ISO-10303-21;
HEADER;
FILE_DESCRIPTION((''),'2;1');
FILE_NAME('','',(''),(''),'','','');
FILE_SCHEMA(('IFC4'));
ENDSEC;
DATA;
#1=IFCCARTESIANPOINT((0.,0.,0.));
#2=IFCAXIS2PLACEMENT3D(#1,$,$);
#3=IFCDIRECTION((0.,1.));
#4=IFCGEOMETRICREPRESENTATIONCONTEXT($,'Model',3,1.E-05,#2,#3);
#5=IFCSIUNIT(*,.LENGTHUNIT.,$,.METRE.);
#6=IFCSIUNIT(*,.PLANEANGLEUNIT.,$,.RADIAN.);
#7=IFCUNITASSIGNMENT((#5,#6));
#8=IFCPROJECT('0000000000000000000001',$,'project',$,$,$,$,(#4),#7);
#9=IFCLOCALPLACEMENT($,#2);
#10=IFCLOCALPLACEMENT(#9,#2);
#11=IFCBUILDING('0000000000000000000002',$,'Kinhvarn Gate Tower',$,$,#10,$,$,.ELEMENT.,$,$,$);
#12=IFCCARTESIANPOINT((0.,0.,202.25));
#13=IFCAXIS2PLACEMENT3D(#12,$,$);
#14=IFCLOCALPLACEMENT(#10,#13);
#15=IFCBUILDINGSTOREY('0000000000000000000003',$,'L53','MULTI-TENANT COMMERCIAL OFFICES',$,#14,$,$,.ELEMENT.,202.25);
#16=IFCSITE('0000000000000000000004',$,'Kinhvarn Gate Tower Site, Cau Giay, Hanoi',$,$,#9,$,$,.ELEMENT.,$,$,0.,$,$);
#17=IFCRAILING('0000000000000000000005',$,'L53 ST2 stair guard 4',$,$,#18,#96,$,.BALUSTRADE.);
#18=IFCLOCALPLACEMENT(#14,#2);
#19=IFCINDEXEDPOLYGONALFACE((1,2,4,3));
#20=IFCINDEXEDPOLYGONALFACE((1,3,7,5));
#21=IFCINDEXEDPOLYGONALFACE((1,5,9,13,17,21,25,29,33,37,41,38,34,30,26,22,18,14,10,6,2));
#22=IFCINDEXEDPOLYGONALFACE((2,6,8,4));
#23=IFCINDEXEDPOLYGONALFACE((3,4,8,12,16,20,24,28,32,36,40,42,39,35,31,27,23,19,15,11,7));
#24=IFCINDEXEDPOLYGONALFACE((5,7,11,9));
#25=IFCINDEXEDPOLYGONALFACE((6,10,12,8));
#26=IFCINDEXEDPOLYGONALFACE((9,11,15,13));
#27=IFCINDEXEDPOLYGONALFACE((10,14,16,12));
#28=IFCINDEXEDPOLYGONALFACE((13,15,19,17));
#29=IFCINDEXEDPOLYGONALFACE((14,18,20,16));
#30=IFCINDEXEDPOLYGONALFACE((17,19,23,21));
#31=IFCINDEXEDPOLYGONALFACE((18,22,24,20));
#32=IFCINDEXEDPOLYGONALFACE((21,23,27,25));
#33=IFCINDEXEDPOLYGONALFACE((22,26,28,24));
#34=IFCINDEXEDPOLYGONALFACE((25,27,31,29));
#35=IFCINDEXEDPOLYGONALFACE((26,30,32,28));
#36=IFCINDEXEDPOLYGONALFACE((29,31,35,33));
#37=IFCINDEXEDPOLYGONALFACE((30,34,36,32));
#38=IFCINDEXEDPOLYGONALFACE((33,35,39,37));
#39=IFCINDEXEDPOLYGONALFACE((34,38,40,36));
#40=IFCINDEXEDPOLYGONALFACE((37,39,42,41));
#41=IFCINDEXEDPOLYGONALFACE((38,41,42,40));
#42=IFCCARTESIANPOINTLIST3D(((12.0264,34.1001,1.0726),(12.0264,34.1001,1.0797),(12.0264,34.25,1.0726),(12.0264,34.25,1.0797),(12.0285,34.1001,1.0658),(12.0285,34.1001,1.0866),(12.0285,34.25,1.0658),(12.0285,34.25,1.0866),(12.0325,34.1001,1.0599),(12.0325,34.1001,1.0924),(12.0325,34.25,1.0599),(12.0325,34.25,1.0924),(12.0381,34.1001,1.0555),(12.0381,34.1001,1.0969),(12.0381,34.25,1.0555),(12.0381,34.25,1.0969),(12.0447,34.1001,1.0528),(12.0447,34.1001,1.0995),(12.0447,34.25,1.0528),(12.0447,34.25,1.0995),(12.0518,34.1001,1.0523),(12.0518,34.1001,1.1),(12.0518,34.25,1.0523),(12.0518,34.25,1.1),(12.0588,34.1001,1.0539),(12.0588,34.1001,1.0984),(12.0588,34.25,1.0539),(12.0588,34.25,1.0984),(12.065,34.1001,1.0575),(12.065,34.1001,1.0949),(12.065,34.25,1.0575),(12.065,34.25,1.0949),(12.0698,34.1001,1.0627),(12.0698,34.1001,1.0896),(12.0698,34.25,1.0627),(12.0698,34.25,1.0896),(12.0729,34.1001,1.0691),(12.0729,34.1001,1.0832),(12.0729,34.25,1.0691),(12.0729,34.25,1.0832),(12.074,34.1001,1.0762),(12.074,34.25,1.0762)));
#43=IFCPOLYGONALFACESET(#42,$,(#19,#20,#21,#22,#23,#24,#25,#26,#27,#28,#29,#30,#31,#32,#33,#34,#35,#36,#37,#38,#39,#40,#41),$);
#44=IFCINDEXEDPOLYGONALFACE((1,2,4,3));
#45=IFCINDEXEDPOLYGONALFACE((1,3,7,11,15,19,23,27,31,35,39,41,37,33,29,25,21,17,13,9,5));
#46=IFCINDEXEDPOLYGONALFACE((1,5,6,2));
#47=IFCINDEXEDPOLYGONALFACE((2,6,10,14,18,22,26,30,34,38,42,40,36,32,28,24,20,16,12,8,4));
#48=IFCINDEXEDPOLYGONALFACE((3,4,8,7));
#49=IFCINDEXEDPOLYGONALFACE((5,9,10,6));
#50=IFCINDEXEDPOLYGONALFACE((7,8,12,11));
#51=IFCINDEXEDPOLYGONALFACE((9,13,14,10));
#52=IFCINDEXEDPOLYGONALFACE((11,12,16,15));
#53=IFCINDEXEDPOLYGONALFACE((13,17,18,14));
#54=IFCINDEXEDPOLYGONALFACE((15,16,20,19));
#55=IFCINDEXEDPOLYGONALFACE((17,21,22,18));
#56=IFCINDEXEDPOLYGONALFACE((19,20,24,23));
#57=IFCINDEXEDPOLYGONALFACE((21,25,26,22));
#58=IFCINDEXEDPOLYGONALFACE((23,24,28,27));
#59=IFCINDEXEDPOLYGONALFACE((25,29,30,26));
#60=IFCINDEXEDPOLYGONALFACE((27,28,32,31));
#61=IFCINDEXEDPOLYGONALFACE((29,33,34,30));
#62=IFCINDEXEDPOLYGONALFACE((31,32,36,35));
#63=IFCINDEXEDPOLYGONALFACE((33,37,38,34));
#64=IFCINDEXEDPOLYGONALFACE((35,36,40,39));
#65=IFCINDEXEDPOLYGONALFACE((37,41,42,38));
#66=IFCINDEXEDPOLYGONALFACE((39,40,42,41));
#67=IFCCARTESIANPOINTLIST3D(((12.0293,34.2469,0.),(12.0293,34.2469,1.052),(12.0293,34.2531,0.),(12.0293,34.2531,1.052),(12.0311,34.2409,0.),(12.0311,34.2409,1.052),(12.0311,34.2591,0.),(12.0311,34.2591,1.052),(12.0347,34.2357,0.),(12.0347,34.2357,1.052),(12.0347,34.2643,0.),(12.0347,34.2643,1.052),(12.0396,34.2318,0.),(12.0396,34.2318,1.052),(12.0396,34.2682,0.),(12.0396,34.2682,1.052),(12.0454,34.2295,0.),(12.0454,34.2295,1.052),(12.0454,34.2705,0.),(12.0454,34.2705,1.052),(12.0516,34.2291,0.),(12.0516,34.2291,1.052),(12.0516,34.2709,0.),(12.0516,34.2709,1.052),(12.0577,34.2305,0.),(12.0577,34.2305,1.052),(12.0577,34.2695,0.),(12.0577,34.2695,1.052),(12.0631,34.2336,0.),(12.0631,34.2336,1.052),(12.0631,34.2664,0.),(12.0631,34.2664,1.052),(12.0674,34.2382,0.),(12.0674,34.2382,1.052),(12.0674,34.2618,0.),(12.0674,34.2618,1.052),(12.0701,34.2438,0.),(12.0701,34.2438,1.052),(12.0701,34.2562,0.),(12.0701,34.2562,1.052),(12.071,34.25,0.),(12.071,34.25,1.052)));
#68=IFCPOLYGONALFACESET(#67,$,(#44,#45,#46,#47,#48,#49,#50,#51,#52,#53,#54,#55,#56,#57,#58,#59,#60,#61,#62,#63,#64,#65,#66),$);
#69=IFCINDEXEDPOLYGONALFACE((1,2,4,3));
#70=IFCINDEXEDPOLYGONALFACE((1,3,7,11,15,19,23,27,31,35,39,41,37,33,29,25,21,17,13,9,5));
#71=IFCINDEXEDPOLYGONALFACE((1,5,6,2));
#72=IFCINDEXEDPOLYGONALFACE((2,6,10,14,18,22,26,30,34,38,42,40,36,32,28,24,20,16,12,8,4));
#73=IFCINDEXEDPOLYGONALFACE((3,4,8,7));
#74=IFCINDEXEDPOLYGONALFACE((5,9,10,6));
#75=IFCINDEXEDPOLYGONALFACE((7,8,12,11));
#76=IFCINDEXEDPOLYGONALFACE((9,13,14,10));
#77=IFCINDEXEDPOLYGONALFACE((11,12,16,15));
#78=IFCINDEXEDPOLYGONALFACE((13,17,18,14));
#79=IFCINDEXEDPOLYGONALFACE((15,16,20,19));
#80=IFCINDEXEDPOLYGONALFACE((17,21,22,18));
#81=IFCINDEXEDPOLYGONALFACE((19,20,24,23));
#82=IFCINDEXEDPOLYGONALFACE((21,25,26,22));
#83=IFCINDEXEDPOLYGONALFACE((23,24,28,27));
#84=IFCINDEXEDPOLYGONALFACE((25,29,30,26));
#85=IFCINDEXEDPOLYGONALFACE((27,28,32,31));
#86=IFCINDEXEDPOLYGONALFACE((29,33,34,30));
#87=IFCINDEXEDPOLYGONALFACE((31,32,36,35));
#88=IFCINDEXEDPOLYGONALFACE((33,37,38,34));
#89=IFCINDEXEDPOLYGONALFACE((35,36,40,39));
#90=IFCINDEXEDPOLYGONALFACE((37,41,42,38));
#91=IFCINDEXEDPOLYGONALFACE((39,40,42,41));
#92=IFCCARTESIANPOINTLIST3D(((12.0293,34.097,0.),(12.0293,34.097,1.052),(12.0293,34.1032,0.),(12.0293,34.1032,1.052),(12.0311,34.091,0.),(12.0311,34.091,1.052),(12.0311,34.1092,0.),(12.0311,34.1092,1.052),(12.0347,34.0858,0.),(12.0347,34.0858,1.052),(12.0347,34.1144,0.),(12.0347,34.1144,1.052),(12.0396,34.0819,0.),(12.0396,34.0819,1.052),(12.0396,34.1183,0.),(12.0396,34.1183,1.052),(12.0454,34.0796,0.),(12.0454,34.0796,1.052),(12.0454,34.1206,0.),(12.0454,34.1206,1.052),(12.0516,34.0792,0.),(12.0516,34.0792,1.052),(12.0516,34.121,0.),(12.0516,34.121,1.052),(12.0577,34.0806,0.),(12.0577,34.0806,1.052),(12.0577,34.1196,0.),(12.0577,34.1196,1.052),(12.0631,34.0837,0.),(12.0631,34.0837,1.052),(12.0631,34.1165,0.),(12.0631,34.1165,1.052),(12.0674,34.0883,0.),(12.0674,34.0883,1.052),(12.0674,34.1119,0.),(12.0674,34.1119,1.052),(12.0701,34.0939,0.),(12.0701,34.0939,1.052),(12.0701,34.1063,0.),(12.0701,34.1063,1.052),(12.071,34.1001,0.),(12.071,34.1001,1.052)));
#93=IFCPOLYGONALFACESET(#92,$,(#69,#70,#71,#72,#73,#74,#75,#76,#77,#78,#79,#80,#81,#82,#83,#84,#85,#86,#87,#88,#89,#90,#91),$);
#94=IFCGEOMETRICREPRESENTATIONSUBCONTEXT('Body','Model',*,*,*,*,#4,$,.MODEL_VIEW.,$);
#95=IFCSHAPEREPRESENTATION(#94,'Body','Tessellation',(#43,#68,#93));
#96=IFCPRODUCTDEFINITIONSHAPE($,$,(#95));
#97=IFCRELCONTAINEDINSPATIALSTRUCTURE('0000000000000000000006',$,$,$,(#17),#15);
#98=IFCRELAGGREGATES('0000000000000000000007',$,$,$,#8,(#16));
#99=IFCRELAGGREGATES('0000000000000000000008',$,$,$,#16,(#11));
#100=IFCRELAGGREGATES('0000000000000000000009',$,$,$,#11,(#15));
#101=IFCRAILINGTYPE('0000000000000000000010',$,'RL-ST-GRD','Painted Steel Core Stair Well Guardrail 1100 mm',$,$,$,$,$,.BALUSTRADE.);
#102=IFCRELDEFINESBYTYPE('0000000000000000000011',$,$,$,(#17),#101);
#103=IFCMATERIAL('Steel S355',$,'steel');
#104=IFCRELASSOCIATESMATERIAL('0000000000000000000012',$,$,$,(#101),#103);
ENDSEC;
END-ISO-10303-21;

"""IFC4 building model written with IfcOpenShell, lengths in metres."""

from ifc_helpers import new_model, si_unit, direction, frame, origin, origin_2d, place, context, subcontext, project, spatial, circle, extrude, material, type_object, element, save


model = new_model("IFC4")

# Units and contexts
model_context = context("Model", 3, precision=1e-05, world=origin(), true_north=direction((0.0, 1.0)))
body_context = subcontext(model_context, "Body", "Model", "MODEL_VIEW")
ifc_project = project(units=[si_unit("LENGTHUNIT", "METRE"), si_unit("PLANEANGLEUNIT", "RADIAN")], contexts=[model_context])

# Site, building, storey
site_placement = place(None, origin())
site = spatial("IfcSite", under=ifc_project, at=site_placement, Name="Kinhvarn Gate Tower Site, Cau Giay, Hanoi", CompositionType="ELEMENT", RefElevation=0.0)
building_placement = place(site_placement, origin())
building = spatial("IfcBuilding", under=site, at=building_placement, Name="Kinhvarn Gate Tower", CompositionType="ELEMENT")
storey_placement = place(building_placement, frame((0.0, 0.0, 202.25)))
storey = spatial("IfcBuildingStorey", under=building, at=storey_placement, Name="L53", Description="MULTI-TENANT COMMERCIAL OFFICES", CompositionType="ELEMENT", Elevation=202.25)

# Railing
ifc_material_1 = material(Name="Steel S355", Category="steel")
railing_type_1 = type_object("IfcRailingType", Name="RL-ST-GRD", Description="Painted Steel Core Stair Well Guardrail 1100 mm", PredefinedType="BALUSTRADE", material=ifc_material_1)
railing_1_placement = place(storey_placement, frame((12.05, 34.25, 0.0)))
element("IfcRailing", 1, at=railing_1_placement, inside=storey, type_object=railing_type_1, Name="L53 ST2 stair guard 4", PredefinedType="BALUSTRADE", context=body_context, shape_type="SweptSolid", body=[
    extrude(circle(Radius=0.0239, at=origin_2d()), frame((0.0, 0.0, 1.0762), z_axis=(0.0, -1.0, 0.0), x_axis=(1.0, 0.0, 0.0)), (0.0, 0.0, 1.0), 0.1499),
    extrude(circle(Radius=0.021, at=origin_2d()), origin(), (0.0, 0.0, 1.0), 1.052),
    extrude(circle(Radius=0.021, at=origin_2d()), frame((0.0, -0.1499, 0.0)), (0.0, 0.0, 1.0), 1.052),
])

save(model, "model.ifc")
